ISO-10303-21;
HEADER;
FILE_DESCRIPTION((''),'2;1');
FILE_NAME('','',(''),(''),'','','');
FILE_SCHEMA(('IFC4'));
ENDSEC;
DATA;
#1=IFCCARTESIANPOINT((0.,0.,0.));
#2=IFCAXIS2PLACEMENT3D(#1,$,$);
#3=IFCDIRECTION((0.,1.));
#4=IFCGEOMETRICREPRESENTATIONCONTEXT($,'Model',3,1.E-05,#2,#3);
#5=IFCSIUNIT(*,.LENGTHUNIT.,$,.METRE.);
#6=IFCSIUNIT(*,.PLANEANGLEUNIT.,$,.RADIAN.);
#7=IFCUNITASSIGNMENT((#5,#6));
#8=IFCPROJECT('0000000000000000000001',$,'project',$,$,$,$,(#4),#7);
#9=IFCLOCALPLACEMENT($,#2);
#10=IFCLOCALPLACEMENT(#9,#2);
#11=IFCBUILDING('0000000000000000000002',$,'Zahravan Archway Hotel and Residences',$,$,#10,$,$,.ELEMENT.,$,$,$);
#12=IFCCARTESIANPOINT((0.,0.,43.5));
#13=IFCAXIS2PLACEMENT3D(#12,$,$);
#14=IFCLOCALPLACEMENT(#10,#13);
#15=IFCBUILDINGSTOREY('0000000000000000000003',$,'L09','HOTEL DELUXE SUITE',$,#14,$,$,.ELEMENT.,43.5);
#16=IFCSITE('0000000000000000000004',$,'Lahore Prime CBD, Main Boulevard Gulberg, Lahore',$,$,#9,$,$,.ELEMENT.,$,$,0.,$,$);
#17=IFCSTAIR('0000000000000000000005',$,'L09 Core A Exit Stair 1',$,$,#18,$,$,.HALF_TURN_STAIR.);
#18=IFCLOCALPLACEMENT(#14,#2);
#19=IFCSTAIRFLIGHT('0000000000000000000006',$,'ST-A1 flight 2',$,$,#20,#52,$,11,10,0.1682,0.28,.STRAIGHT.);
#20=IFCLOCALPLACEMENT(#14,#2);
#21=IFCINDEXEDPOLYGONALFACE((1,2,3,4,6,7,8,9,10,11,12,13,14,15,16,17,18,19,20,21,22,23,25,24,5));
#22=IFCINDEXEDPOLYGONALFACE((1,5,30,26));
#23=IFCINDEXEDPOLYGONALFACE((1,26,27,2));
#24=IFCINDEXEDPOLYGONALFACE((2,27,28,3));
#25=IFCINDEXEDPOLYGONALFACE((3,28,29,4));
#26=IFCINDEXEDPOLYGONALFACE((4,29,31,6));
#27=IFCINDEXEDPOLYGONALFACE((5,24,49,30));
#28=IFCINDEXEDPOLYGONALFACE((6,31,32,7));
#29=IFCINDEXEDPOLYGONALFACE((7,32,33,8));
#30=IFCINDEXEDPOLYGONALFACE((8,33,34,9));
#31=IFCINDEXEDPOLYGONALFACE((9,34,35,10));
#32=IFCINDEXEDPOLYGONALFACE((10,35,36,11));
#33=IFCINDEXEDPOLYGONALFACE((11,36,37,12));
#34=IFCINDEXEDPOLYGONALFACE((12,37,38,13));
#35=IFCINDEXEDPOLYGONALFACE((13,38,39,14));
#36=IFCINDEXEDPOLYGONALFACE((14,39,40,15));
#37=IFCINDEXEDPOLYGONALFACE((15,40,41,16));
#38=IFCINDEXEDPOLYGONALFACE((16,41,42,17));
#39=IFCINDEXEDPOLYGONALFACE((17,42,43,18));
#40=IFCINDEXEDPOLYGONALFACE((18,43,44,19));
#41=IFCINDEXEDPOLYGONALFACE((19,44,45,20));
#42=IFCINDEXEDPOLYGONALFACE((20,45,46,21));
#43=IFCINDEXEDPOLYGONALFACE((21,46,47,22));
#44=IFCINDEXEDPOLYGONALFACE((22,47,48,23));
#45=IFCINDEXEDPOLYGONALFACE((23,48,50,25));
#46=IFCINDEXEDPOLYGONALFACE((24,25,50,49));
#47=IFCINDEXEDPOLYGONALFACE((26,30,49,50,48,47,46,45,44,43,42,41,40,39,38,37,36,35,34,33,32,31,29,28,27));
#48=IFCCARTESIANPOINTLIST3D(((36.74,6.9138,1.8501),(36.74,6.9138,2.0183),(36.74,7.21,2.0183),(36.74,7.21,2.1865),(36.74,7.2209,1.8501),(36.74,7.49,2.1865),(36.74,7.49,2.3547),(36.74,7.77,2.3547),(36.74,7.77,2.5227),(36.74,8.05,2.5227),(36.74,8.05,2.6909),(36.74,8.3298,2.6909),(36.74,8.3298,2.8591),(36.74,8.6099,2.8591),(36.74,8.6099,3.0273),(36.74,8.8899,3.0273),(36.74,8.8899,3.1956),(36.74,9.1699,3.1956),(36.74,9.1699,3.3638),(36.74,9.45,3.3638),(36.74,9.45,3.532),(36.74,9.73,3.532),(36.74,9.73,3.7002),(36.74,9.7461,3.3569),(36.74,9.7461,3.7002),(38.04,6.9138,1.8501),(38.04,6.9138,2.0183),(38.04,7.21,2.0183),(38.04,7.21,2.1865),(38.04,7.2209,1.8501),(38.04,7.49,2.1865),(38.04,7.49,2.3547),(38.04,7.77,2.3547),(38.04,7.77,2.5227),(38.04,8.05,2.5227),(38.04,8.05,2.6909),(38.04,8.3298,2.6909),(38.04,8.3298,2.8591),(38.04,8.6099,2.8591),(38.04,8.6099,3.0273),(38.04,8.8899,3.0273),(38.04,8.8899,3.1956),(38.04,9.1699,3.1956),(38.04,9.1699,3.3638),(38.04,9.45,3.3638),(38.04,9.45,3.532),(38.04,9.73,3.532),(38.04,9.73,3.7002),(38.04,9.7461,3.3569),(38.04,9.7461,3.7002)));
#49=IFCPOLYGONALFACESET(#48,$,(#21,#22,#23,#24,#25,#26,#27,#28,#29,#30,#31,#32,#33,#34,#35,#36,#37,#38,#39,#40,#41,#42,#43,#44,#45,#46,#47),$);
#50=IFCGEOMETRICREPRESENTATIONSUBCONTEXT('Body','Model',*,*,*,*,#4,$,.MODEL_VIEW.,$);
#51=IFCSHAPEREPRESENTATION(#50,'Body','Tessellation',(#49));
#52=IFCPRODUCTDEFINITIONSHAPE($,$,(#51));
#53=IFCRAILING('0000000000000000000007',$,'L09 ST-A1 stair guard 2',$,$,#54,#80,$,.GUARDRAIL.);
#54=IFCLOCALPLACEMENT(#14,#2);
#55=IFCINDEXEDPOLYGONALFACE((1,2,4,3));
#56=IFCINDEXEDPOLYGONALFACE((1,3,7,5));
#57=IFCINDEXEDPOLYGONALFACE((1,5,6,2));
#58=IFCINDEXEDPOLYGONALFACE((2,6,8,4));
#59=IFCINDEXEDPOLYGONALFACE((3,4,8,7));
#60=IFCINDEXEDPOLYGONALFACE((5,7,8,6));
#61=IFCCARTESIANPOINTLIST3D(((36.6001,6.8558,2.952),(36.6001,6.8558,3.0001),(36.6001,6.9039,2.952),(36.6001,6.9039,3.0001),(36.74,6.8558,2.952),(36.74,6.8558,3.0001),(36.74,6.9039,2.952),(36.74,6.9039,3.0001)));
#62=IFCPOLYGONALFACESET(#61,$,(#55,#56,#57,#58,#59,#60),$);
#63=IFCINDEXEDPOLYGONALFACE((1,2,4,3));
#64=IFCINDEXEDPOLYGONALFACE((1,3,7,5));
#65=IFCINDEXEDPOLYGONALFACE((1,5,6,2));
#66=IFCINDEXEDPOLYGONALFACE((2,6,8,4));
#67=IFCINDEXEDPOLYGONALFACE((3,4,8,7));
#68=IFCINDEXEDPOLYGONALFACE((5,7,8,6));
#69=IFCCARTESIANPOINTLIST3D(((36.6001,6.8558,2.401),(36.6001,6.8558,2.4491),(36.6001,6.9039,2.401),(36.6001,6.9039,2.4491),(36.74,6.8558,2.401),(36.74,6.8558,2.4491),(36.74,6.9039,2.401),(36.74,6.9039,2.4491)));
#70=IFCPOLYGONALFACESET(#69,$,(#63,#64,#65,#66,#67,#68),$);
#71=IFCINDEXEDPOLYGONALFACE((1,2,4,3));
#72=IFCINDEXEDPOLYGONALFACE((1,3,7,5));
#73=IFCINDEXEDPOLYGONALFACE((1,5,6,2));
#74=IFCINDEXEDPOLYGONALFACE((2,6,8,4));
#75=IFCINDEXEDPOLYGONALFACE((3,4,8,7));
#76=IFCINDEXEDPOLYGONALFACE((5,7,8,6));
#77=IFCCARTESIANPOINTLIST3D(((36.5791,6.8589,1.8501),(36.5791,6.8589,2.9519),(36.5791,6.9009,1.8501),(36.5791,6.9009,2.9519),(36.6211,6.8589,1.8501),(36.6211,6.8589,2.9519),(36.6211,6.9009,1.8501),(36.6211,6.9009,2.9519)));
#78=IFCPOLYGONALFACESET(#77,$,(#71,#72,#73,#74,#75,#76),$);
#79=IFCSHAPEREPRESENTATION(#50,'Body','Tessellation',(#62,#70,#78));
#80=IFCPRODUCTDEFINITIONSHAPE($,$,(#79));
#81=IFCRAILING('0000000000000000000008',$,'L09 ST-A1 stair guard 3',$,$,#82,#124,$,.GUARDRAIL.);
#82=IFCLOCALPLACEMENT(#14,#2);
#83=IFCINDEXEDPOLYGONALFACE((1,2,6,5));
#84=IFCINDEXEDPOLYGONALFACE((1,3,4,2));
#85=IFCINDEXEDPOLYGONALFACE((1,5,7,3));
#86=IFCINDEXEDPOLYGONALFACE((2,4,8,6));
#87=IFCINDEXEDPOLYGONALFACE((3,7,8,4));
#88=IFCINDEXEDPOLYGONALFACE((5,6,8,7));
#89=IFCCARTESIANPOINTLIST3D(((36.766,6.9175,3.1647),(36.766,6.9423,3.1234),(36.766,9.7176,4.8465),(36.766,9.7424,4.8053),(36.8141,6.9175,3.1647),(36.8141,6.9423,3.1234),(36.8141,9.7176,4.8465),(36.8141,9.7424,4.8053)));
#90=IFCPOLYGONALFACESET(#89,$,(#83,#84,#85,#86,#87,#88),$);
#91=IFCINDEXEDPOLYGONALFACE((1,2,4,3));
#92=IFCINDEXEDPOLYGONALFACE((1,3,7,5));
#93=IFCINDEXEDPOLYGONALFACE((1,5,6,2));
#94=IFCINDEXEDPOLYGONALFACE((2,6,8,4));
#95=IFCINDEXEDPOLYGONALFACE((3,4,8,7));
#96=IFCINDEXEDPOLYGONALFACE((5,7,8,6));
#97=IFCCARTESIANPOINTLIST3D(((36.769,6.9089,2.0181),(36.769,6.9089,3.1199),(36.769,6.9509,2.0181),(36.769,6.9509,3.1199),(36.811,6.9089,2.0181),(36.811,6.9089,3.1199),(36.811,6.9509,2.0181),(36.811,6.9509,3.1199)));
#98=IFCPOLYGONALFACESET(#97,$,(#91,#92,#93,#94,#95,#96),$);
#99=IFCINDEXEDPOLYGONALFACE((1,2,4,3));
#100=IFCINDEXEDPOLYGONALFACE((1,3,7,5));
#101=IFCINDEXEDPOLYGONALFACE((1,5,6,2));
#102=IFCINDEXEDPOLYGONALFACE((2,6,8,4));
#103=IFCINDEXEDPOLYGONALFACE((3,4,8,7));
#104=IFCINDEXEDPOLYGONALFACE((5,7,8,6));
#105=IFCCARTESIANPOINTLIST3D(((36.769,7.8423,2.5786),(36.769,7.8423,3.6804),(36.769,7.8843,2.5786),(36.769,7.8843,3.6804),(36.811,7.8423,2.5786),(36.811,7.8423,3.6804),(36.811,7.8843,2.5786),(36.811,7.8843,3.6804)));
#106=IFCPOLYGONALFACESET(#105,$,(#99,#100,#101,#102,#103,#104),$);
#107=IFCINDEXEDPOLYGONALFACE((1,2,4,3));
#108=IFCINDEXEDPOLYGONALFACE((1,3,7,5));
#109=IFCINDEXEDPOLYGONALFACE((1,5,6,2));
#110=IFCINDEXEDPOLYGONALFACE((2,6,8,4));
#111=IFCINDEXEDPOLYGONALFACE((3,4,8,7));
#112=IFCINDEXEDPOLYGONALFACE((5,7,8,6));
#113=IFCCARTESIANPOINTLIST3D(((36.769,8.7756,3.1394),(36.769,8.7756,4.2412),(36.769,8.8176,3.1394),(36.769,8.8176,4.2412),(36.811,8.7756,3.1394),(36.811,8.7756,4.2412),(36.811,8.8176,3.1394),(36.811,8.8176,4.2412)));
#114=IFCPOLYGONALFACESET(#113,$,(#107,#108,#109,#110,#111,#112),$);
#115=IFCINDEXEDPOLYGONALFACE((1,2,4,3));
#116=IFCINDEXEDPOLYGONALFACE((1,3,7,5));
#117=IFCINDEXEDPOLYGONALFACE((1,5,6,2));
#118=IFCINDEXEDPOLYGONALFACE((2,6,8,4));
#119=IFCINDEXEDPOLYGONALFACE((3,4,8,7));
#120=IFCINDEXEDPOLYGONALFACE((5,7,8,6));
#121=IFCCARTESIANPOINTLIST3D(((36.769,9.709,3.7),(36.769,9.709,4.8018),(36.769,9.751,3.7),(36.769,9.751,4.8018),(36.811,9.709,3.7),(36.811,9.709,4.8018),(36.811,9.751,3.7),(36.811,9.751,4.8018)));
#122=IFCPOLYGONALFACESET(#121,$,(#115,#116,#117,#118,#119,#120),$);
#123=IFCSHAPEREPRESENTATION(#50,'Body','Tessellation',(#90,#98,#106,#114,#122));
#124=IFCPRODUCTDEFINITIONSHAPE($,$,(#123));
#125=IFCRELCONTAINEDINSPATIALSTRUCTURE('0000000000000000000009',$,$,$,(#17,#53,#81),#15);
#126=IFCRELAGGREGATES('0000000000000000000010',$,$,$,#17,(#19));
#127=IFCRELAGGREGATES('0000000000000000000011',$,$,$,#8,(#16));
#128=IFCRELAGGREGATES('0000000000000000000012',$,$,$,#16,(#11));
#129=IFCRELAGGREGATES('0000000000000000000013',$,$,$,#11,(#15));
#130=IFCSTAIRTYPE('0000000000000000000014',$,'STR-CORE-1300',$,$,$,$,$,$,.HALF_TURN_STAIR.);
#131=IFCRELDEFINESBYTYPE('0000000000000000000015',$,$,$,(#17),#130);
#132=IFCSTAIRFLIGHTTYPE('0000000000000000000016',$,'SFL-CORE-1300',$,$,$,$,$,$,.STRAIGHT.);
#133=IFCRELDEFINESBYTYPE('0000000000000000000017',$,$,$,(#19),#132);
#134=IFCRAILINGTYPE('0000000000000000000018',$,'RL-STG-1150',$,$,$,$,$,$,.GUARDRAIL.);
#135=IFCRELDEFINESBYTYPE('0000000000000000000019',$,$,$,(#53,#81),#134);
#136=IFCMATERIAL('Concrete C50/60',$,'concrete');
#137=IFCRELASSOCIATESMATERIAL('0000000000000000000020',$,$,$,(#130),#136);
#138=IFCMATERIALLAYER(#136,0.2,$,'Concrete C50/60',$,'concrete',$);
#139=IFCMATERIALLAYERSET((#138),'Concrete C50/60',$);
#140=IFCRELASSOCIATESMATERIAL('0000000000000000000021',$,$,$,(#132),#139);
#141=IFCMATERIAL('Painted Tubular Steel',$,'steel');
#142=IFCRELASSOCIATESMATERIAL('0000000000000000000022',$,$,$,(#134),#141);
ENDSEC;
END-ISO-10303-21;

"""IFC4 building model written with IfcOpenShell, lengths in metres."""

from ifc_helpers import new_model, si_unit, direction, frame, origin, origin_2d, place, context, subcontext, project, spatial, polyline, rectangle, outline, extrude, source, transform, mapped, material, layer, layer_set, type_object, element, aggregate, save


model = new_model("IFC4")

# Units and contexts
model_context = context("Model", 3, precision=1e-05, world=origin(), true_north=direction((0.0, 1.0)))
body_context = subcontext(model_context, "Body", "Model", "MODEL_VIEW")
ifc_project = project(units=[si_unit("LENGTHUNIT", "METRE"), si_unit("PLANEANGLEUNIT", "RADIAN")], contexts=[model_context])

# Site, building, storey
site_placement = place(None, origin())
site = spatial("IfcSite", under=ifc_project, at=site_placement, Name="Lahore Prime CBD, Main Boulevard Gulberg, Lahore", CompositionType="ELEMENT", RefElevation=0.0)
building_placement = place(site_placement, origin())
building = spatial("IfcBuilding", under=site, at=building_placement, Name="Zahravan Archway Hotel and Residences", CompositionType="ELEMENT")
storey_placement = place(building_placement, frame((0.0, 0.0, 43.5)))
storey = spatial("IfcBuildingStorey", under=building, at=storey_placement, Name="L09", Description="HOTEL DELUXE SUITE", CompositionType="ELEMENT", Elevation=43.5)

# Shared definitions
ifc_material_1 = material(Name="Concrete C50/60", Category="concrete")

# Stair, stair flight
stair_type = type_object("IfcStairType", Name="STR-CORE-1300", PredefinedType="HALF_TURN_STAIR", material=ifc_material_1)
stair_placement = place(storey_placement, origin())
stair = element("IfcStair", 1, at=stair_placement, inside=storey, type_object=stair_type, Name="L09 Core A Exit Stair 1", PredefinedType="HALF_TURN_STAIR")
ifc_layer_1 = layer(ifc_material_1, 0.2, Name="Concrete C50/60", Category="concrete")
ifc_layer_set_1 = layer_set([ifc_layer_1], Name="Concrete C50/60")
stair_flight_type = type_object("IfcStairFlightType", Name="SFL-CORE-1300", PredefinedType="STRAIGHT", material=ifc_layer_set_1)
shared_shape_1 = source(origin(), body_context, "Body", "SweptSolid", [
    extrude(outline(polyline([(-0.0161, 0.0), (-0.0161, 0.1682), (0.28, 0.1682), (0.28, 0.3364), (0.5601, 0.3364), (0.5601, 0.5046), (0.8401, 0.5046), (0.8401, 0.6726), (1.1201, 0.6726), (1.1201, 0.8408), (1.3999, 0.8408), (1.3999, 1.009), (1.6799, 1.009), (1.6799, 1.1772), (1.96, 1.1772), (1.96, 1.3455), (2.24, 1.3455), (2.24, 1.5137), (2.52, 1.5137), (2.52, 1.6819), (2.8, 1.6819), (2.8, 1.8501), (2.8162, 1.8501), (2.8162, 1.5068), (0.291, 0.0), (-0.0161, 0.0)])), frame((0.0, 0.6499, 0.0), z_axis=(0.0, -1.0, 0.0), x_axis=(1.0, 0.0, 0.0)), (0.0, 0.0, 1.0), 1.3),
])
stair_flight_placement = place(storey_placement, frame((37.3899, 6.9299, 1.8501), z_axis=(0.0, 0.0, 1.0), x_axis=(0.0, 1.0, 0.0)))
stair_flight = element("IfcStairFlight", 2, at=stair_flight_placement, type_object=stair_flight_type, Name="ST-A1 flight 2", NumberOfRisers=11, NumberOfTreads=10, PredefinedType="STRAIGHT", RiserHeight=0.1682, TreadLength=0.28, context=body_context, shape_type="MappedRepresentation", body=[
    mapped(shared_shape_1, transform((0.0, 0.0, 0.0), scale=1.0)),
])
aggregate(stair, [stair_flight])

# Railings
ifc_material_2 = material(Name="Painted Tubular Steel", Category="steel")
railing_type = type_object("IfcRailingType", Name="RL-STG-1150", PredefinedType="GUARDRAIL", material=ifc_material_2)
railing_1_placement = place(storey_placement, frame((36.6001, 6.8799, 1.8501)))
element("IfcRailing", 3, at=railing_1_placement, inside=storey, type_object=railing_type, Name="L09 ST-A1 stair guard 2", PredefinedType="GUARDRAIL", context=body_context, shape_type="SweptSolid", body=[
    extrude(rectangle(XDim=0.0481, YDim=0.0481, at=origin_2d()), frame((0.0, 0.0, 1.126), z_axis=(1.0, 0.0, 0.0), x_axis=(0.0, 1.0, 0.0)), (0.0, 0.0, 1.0), 0.1399),
    extrude(rectangle(XDim=0.0481, YDim=0.0481, at=origin_2d()), frame((0.0, 0.0, 0.575), z_axis=(1.0, 0.0, 0.0), x_axis=(0.0, 1.0, 0.0)), (0.0, 0.0, 1.0), 0.1399),
    extrude(rectangle(XDim=0.042, YDim=0.042, at=origin_2d()), origin(), (0.0, 0.0, 1.0), 1.1018),
])
railing_2_placement = place(storey_placement, frame((36.79, 6.9299, 2.0181)))
element("IfcRailing", 4, at=railing_2_placement, inside=storey, type_object=railing_type, Name="L09 ST-A1 stair guard 3", PredefinedType="GUARDRAIL", context=body_context, shape_type="SweptSolid", body=[
    extrude(rectangle(XDim=0.0481, YDim=0.0481, at=origin_2d()), frame((0.0, 0.0, 1.126), z_axis=(0.0, 0.857242, 0.514913), x_axis=(-1.0, 0.0, 0.0)), (0.0, 0.0, 1.0), 3.2664),
    extrude(rectangle(XDim=0.042, YDim=0.042, at=origin_2d()), origin(), (0.0, 0.0, 1.0), 1.1018),
    extrude(rectangle(XDim=0.042, YDim=0.042, at=origin_2d()), frame((0.0, 0.9333, 0.5605)), (0.0, 0.0, 1.0), 1.1018),
    extrude(rectangle(XDim=0.042, YDim=0.042, at=origin_2d()), frame((0.0, 1.8667, 1.1213)), (0.0, 0.0, 1.0), 1.1018),
    extrude(rectangle(XDim=0.042, YDim=0.042, at=origin_2d()), frame((0.0, 2.8, 1.6819)), (0.0, 0.0, 1.0), 1.1018),
])

save(model, "model.ifc")
